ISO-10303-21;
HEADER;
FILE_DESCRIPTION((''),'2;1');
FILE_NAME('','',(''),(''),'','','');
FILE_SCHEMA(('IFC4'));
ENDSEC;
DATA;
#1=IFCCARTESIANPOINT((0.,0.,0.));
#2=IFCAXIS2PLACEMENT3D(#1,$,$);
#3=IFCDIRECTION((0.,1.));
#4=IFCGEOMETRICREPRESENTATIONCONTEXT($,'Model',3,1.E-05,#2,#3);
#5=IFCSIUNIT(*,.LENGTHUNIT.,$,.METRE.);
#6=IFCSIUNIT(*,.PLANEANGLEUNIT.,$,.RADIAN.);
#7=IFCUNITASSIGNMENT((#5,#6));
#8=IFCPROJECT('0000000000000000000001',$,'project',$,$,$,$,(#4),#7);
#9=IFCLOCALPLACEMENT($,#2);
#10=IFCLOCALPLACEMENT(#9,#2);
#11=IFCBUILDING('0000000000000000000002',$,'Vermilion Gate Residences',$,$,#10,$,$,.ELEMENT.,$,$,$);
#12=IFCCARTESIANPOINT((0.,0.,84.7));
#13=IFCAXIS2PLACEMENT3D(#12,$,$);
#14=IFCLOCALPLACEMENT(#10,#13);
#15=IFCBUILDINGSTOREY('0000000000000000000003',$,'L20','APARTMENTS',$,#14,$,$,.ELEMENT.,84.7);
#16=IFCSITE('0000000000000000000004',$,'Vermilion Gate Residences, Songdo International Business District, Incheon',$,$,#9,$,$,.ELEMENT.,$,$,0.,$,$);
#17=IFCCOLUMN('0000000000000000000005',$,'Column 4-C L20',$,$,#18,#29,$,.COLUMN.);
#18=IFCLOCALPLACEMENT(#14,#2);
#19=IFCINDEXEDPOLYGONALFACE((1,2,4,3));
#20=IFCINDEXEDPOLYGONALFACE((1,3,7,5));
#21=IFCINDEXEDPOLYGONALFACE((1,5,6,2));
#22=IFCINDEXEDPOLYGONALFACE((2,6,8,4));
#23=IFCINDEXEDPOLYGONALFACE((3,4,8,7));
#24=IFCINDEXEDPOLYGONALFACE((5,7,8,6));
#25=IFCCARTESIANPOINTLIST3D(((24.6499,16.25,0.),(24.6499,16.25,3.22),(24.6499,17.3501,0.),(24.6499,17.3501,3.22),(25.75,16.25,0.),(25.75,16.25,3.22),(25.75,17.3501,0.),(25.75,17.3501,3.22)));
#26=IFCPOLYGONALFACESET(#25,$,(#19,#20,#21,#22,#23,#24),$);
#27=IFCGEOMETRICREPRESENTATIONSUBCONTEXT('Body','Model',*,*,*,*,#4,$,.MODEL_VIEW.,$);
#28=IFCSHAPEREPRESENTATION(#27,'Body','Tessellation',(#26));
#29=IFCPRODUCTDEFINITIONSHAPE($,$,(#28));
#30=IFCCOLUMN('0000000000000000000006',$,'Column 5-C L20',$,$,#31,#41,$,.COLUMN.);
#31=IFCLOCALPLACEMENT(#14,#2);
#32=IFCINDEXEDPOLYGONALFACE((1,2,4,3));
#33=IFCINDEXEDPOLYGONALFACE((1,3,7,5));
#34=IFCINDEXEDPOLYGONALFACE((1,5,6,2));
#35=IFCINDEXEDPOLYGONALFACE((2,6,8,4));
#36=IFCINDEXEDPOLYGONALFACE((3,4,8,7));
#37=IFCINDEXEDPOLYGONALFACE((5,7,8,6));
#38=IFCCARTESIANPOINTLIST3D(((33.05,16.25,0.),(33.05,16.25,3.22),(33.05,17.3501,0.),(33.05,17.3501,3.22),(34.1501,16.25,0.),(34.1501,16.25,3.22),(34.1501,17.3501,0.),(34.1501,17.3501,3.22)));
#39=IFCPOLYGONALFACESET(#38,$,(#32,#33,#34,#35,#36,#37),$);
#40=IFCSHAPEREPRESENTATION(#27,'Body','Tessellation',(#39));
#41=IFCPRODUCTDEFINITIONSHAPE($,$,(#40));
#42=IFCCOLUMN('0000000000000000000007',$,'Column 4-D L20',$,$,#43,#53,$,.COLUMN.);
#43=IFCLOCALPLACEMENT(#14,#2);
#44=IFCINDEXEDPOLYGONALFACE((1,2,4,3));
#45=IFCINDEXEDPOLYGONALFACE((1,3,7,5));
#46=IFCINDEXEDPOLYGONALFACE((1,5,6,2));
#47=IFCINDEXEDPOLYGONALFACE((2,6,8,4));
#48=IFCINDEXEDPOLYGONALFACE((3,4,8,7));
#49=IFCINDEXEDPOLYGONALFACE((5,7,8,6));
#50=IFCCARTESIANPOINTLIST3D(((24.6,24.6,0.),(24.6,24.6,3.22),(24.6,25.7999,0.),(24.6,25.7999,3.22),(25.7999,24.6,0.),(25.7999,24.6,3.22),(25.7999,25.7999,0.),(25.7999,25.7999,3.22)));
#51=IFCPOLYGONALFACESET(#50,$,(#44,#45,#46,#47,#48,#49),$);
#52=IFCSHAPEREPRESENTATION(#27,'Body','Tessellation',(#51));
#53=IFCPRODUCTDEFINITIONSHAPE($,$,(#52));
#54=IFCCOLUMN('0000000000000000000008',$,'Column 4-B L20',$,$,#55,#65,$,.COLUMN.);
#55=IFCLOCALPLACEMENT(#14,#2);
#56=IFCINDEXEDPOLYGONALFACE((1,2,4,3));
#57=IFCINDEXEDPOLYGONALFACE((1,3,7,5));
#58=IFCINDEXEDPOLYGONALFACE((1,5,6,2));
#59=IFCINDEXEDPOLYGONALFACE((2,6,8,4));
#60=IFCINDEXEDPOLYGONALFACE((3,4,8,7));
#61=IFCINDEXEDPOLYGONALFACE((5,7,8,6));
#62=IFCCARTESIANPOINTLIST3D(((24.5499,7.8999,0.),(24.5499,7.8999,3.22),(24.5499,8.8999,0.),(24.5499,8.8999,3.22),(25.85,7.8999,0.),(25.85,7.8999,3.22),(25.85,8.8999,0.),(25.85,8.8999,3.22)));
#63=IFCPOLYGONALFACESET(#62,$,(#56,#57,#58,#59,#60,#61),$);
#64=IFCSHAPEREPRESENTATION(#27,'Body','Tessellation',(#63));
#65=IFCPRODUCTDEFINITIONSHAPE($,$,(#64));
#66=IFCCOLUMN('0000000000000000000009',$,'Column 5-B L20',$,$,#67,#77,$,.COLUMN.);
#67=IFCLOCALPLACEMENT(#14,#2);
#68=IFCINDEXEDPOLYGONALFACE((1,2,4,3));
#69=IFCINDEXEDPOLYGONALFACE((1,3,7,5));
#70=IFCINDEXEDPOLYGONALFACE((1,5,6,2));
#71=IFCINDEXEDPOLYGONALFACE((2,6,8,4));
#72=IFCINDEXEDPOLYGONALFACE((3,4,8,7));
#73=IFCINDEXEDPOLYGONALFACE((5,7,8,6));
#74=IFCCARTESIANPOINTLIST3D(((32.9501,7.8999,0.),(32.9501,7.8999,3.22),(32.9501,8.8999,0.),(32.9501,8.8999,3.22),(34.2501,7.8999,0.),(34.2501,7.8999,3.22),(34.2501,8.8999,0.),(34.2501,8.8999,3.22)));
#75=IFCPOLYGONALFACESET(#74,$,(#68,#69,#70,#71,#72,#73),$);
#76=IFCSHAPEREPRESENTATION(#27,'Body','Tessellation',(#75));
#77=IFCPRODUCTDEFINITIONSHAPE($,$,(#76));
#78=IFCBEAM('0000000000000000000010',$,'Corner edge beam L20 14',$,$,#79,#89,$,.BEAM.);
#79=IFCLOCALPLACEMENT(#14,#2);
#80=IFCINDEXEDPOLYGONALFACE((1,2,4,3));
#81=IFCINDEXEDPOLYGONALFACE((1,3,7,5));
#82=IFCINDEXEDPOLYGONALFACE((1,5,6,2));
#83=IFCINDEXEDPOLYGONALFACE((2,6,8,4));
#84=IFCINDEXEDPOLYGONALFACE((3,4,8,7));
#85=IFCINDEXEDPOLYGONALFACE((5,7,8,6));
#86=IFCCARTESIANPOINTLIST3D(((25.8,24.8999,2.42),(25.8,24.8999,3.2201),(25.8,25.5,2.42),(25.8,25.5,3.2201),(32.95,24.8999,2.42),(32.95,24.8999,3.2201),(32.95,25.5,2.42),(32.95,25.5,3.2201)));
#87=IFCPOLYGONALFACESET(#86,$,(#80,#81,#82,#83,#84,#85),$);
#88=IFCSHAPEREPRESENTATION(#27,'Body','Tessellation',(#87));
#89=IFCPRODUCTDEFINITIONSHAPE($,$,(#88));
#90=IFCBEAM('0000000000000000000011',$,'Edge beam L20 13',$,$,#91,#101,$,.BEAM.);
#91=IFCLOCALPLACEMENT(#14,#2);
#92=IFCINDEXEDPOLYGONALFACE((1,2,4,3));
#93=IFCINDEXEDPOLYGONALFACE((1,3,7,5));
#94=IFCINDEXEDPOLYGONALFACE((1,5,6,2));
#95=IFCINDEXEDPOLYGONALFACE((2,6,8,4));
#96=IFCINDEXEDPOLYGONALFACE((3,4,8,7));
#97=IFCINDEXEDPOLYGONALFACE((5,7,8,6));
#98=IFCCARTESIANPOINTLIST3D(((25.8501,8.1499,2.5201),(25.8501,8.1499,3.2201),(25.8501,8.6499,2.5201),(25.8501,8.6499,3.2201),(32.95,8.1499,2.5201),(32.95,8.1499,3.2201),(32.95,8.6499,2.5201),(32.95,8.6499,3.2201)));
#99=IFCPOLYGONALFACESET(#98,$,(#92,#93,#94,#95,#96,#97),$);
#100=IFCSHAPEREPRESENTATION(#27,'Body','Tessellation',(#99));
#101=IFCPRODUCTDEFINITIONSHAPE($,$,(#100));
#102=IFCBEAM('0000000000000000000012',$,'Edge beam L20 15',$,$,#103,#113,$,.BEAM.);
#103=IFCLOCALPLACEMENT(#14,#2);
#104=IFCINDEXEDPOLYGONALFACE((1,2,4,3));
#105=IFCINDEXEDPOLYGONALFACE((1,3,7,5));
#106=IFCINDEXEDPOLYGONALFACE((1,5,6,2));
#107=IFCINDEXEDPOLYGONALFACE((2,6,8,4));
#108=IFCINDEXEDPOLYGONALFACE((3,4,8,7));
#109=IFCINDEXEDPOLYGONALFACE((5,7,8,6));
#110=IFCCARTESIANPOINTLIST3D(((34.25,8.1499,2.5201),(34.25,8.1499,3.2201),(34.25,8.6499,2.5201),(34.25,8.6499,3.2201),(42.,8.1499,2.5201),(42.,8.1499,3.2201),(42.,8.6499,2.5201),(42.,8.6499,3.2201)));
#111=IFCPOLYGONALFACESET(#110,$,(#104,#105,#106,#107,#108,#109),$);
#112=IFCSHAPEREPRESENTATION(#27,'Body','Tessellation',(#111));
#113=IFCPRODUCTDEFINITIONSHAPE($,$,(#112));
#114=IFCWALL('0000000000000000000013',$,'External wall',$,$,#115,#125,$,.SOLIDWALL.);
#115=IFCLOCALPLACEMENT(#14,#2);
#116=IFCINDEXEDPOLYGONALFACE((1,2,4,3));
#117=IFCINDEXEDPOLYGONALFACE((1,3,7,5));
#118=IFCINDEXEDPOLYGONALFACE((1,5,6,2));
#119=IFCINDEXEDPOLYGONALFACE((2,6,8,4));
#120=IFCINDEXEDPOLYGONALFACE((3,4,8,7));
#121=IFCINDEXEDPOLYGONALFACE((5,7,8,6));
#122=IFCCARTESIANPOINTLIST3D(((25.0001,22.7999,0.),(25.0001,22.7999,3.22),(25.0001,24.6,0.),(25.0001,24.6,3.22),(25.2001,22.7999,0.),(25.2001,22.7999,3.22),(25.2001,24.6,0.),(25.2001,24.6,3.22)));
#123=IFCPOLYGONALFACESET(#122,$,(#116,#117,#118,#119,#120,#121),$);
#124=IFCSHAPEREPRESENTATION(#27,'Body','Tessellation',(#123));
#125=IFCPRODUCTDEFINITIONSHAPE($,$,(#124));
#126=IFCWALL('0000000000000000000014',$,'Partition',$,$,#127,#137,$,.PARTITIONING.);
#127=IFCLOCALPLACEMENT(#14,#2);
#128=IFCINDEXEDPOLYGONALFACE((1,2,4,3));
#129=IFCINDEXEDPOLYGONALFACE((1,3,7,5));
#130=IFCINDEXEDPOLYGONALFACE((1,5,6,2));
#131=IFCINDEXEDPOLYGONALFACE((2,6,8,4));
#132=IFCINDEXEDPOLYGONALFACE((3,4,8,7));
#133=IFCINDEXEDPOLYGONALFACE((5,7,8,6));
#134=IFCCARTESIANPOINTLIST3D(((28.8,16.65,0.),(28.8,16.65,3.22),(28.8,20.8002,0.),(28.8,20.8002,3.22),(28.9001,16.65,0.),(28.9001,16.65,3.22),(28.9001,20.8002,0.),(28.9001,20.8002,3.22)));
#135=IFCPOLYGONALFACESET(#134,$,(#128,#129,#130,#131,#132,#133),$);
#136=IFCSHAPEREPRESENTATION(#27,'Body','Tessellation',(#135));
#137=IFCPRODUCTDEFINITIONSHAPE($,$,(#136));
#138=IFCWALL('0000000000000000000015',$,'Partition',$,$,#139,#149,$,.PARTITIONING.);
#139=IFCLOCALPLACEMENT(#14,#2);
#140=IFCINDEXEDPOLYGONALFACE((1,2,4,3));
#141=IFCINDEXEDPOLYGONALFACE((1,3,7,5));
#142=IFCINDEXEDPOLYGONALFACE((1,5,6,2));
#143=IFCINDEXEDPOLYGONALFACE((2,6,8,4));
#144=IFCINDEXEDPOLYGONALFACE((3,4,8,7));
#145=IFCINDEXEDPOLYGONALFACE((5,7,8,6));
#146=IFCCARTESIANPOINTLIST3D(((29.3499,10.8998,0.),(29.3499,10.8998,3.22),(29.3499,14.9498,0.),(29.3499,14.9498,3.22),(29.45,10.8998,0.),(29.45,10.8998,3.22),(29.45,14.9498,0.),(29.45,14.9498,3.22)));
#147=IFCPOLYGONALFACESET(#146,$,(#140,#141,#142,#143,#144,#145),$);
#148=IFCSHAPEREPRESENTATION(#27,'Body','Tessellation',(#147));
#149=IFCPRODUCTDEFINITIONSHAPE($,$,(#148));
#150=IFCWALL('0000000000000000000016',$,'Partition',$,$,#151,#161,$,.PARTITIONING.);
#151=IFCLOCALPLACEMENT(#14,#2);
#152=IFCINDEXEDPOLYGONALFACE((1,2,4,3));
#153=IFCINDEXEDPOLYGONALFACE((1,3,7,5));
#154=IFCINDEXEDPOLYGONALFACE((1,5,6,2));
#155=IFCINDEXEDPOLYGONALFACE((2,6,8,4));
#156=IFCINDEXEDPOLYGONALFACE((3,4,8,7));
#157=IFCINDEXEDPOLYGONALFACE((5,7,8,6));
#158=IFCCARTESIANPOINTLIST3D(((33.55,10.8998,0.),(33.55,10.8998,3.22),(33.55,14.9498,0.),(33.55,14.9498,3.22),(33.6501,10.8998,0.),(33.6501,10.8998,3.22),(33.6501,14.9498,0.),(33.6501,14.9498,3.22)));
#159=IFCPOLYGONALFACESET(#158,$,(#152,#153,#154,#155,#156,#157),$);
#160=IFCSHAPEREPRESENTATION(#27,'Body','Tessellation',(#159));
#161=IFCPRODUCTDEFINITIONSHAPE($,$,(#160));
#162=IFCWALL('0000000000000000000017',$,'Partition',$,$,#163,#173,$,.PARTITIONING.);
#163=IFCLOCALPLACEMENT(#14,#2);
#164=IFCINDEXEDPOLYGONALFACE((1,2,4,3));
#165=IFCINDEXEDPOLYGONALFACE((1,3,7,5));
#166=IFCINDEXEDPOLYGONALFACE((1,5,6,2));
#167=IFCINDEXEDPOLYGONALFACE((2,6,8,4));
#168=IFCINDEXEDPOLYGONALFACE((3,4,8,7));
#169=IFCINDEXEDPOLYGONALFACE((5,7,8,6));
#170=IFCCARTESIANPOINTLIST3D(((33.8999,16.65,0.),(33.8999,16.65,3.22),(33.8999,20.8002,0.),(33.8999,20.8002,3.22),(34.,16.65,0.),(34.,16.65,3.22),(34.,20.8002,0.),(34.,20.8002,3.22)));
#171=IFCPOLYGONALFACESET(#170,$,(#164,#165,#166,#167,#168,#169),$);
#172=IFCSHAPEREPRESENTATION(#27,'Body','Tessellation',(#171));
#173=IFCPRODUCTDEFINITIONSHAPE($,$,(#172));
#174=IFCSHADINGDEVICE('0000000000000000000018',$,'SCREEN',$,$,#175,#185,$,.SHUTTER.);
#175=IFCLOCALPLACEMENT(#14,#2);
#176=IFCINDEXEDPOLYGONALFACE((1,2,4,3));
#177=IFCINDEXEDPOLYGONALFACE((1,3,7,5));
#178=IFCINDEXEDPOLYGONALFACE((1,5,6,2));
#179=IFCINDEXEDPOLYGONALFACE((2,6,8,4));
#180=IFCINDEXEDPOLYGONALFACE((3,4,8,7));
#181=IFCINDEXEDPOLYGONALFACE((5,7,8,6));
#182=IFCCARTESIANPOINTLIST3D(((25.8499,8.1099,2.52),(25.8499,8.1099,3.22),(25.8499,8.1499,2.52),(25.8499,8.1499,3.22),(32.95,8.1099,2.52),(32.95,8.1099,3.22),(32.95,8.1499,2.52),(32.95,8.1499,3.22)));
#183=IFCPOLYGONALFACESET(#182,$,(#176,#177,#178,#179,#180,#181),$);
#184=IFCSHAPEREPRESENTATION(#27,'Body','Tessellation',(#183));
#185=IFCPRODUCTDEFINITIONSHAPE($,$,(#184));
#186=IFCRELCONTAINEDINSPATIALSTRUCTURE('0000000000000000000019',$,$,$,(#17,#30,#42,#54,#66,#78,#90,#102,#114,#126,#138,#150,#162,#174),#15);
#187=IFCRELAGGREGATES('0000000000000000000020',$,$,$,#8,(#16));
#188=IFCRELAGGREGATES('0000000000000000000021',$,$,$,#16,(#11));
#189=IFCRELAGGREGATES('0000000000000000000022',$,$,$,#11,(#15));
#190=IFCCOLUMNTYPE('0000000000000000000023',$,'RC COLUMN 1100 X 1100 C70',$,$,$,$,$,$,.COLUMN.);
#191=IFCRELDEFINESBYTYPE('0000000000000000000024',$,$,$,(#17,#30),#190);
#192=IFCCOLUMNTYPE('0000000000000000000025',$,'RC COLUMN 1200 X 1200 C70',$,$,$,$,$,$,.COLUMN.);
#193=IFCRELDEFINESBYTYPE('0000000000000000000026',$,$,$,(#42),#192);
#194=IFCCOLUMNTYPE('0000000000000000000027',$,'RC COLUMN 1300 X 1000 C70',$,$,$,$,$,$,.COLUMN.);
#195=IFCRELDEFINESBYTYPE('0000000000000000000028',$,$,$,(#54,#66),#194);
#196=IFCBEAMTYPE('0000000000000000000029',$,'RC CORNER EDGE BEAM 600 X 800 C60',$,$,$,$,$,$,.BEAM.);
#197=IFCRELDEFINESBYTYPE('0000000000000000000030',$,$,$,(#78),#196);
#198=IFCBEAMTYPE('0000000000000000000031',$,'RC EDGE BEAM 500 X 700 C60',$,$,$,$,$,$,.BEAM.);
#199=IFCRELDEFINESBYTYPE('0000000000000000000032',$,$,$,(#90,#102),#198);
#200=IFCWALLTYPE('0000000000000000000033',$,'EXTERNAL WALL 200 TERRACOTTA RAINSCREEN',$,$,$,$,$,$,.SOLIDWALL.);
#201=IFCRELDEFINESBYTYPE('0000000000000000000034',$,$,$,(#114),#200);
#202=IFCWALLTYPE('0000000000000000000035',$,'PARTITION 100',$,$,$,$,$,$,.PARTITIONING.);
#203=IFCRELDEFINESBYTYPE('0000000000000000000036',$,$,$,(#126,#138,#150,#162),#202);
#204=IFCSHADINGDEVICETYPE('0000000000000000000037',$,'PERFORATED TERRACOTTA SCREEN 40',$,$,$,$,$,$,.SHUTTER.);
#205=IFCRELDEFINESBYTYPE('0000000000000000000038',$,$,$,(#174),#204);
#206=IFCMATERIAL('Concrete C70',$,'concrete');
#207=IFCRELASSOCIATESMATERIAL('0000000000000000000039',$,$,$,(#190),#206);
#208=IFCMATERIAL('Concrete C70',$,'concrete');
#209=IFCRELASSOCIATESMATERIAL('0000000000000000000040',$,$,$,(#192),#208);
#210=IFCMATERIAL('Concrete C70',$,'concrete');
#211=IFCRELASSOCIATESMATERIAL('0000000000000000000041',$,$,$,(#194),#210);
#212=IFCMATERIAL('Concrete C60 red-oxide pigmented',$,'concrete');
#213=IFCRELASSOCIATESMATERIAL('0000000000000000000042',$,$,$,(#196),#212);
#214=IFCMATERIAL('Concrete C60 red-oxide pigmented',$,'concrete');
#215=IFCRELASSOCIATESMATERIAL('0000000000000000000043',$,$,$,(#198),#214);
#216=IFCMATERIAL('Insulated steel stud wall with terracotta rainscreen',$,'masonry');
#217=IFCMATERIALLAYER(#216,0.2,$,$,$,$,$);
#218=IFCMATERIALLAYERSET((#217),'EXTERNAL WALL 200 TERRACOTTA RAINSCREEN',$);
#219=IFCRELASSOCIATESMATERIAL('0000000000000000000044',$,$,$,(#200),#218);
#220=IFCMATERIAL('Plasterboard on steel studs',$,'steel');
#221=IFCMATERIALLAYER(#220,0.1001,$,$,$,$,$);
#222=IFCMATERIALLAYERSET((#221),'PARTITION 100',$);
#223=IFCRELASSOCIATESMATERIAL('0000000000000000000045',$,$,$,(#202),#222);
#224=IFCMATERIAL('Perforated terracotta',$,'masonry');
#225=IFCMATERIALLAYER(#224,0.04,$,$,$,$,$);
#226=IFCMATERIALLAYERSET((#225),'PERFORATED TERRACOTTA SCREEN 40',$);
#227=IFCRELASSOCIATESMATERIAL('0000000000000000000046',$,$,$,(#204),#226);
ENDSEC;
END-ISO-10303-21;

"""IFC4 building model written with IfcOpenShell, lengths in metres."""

from ifc_helpers import new_model, si_unit, direction, frame, frame_2d, origin, origin_2d, place, context, subcontext, project, spatial, rectangle, extrude, material, layer, layer_set, material_profile, profile_set, type_object, element, save


model = new_model("IFC4")

# Units and contexts
model_context = context("Model", 3, precision=1e-05, world=origin(), true_north=direction((0.0, 1.0)))
body_context = subcontext(model_context, "Body", "Model", "MODEL_VIEW")
ifc_project = project(units=[si_unit("LENGTHUNIT", "METRE"), si_unit("PLANEANGLEUNIT", "RADIAN")], contexts=[model_context])

# Site, building, storey
site_placement = place(None, origin())
site = spatial("IfcSite", under=ifc_project, at=site_placement, Name="Vermilion Gate Residences, Songdo International Business District, Incheon", CompositionType="ELEMENT", RefElevation=0.0)
building_placement = place(site_placement, origin())
building = spatial("IfcBuilding", under=site, at=building_placement, Name="Vermilion Gate Residences", CompositionType="ELEMENT")
storey_placement = place(building_placement, frame((0.0, 0.0, 84.7)))
storey = spatial("IfcBuildingStorey", under=building, at=storey_placement, Name="L20", Description="APARTMENTS", CompositionType="ELEMENT", Elevation=84.7)

# Columns
ifc_material_1 = material(Name="Concrete C70", Category="concrete")
ifc_material_profile_1 = material_profile(ifc_material_1, rectangle(XDim=1.1001, YDim=1.1001, at=origin_2d()), Name="RC-1100x1100")
ifc_profile_set_1 = profile_set([ifc_material_profile_1], Name="Concrete C70")
column_type_1 = type_object("IfcColumnType", Name="RC COLUMN 1100 X 1100 C70", PredefinedType="COLUMN", material=ifc_profile_set_1)
for number, where, z_axis, x_axis, name in (
    (1, (25.2, 16.8, 0.0), (0.0, 0.0, 1.0), (1.0, 0.0, 0.0), "Column 4-C L20"),
    (2, (33.6001, 16.8, 0.0), (0.0, 0.0, 1.0), (1.0, 0.0, 0.0), "Column 5-C L20"),
):
    element("IfcColumn", number, at=place(storey_placement, frame(where, z_axis=z_axis, x_axis=x_axis)), inside=storey, type_object=column_type_1, Name=name, PredefinedType="COLUMN", context=body_context, shape_type="SweptSolid", body=[
        extrude(rectangle(XDim=1.1001, YDim=1.1001, at=origin_2d()), origin(), (0.0, 0.0, 1.0), 3.22),
    ])
ifc_material_2 = material(Name="Concrete C70", Category="concrete")
ifc_material_profile_2 = material_profile(ifc_material_2, rectangle(XDim=1.2, YDim=1.2, at=origin_2d()), Name="RC-1200x1200")
ifc_profile_set_2 = profile_set([ifc_material_profile_2], Name="Concrete C70")
column_type_2 = type_object("IfcColumnType", Name="RC COLUMN 1200 X 1200 C70", PredefinedType="COLUMN", material=ifc_profile_set_2)
column_placement = place(storey_placement, frame((25.2, 25.2, 0.0), z_axis=(0.0, 0.0, 1.0), x_axis=(1.0, 0.0, 0.0)))
element("IfcColumn", 3, at=column_placement, inside=storey, type_object=column_type_2, Name="Column 4-D L20", PredefinedType="COLUMN", context=body_context, shape_type="SweptSolid", body=[
    extrude(rectangle(XDim=1.2, YDim=1.2, at=origin_2d()), origin(), (0.0, 0.0, 1.0), 3.22),
])
ifc_material_3 = material(Name="Concrete C70", Category="concrete")
ifc_material_profile_3 = material_profile(ifc_material_3, rectangle(XDim=1.3, YDim=1.0, at=origin_2d()), Name="RC-1300x1000")
ifc_profile_set_3 = profile_set([ifc_material_profile_3], Name="Concrete C70")
column_type_3 = type_object("IfcColumnType", Name="RC COLUMN 1300 X 1000 C70", PredefinedType="COLUMN", material=ifc_profile_set_3)
for number, where, z_axis, x_axis, name in (
    (4, (25.2, 8.3999, 0.0), (0.0, 0.0, 1.0), (1.0, 0.0, 0.0), "Column 4-B L20"),
    (5, (33.6001, 8.3999, 0.0), (0.0, 0.0, 1.0), (1.0, 0.0, 0.0), "Column 5-B L20"),
):
    element("IfcColumn", number, at=place(storey_placement, frame(where, z_axis=z_axis, x_axis=x_axis)), inside=storey, type_object=column_type_3, Name=name, PredefinedType="COLUMN", context=body_context, shape_type="SweptSolid", body=[
        extrude(rectangle(XDim=1.3, YDim=1.0, at=origin_2d()), origin(), (0.0, 0.0, 1.0), 3.22),
    ])

# Beams
ifc_material_4 = material(Name="Concrete C60 red-oxide pigmented", Category="concrete")
ifc_material_profile_4 = material_profile(ifc_material_4, rectangle(XDim=0.6001, YDim=0.8, at=origin_2d()), Name="RC-600x800")
ifc_profile_set_4 = profile_set([ifc_material_profile_4], Name="Concrete C60 red-oxide pigmented")
beam_type_1 = type_object("IfcBeamType", Name="RC CORNER EDGE BEAM 600 X 800 C60", PredefinedType="BEAM", material=ifc_profile_set_4)
beam_1_placement = place(storey_placement, frame((25.8, 25.2, 2.8201), z_axis=(1.0, 0.0, 0.0), x_axis=(0.0, 1.0, 0.0)))
element("IfcBeam", 6, at=beam_1_placement, inside=storey, type_object=beam_type_1, Name="Corner edge beam L20 14", PredefinedType="BEAM", context=body_context, shape_type="SweptSolid", body=[
    extrude(rectangle(XDim=0.6001, YDim=0.8, at=origin_2d()), origin(), (0.0, 0.0, 1.0), 7.1499),
])
ifc_material_5 = material(Name="Concrete C60 red-oxide pigmented", Category="concrete")
ifc_material_profile_5 = material_profile(ifc_material_5, rectangle(XDim=0.5, YDim=0.7, at=origin_2d()), Name="RC-500x700")
ifc_profile_set_5 = profile_set([ifc_material_profile_5], Name="Concrete C60 red-oxide pigmented")
beam_type_2 = type_object("IfcBeamType", Name="RC EDGE BEAM 500 X 700 C60", PredefinedType="BEAM", material=ifc_profile_set_5)
beam_2_placement = place(storey_placement, frame((25.8501, 8.3999, 2.8701), z_axis=(1.0, 0.0, 0.0), x_axis=(0.0, 1.0, 0.0)))
element("IfcBeam", 7, at=beam_2_placement, inside=storey, type_object=beam_type_2, Name="Edge beam L20 13", PredefinedType="BEAM", context=body_context, shape_type="SweptSolid", body=[
    extrude(rectangle(XDim=0.5, YDim=0.7, at=origin_2d()), origin(), (0.0, 0.0, 1.0), 7.0999),
])
beam_3_placement = place(storey_placement, frame((34.25, 8.3999, 2.8701), z_axis=(1.0, 0.0, 0.0), x_axis=(0.0, 1.0, 0.0)))
element("IfcBeam", 8, at=beam_3_placement, inside=storey, type_object=beam_type_2, Name="Edge beam L20 15", PredefinedType="BEAM", context=body_context, shape_type="SweptSolid", body=[
    extrude(rectangle(XDim=0.5, YDim=0.7, at=origin_2d()), origin(), (0.0, 0.0, 1.0), 7.75),
])

# Walls
ifc_material_6 = material(Name="Insulated steel stud wall with terracotta rainscreen", Category="masonry")
ifc_layer_1 = layer(ifc_material_6, 0.2)
ifc_layer_set_1 = layer_set([ifc_layer_1], Name="EXTERNAL WALL 200 TERRACOTTA RAINSCREEN")
wall_type_1 = type_object("IfcWallType", Name="EXTERNAL WALL 200 TERRACOTTA RAINSCREEN", PredefinedType="SOLIDWALL", material=ifc_layer_set_1)
wall_1_placement = place(storey_placement, frame((25.1001, 22.8, 0.0), z_axis=(0.0, 0.0, 1.0), x_axis=(0.0, 1.0, 0.0)))
element("IfcWall", 9, at=wall_1_placement, inside=storey, type_object=wall_type_1, Name="External wall", PredefinedType="SOLIDWALL", context=body_context, shape_type="SweptSolid", body=[
    extrude(rectangle(XDim=1.8, YDim=0.2, at=frame_2d((0.8999, 0.0))), origin(), (0.0, 0.0, 1.0), 3.22),
])
ifc_material_7 = material(Name="Plasterboard on steel studs", Category="steel")
ifc_layer_2 = layer(ifc_material_7, 0.1001)
ifc_layer_set_2 = layer_set([ifc_layer_2], Name="PARTITION 100")
wall_type_2 = type_object("IfcWallType", Name="PARTITION 100", PredefinedType="PARTITIONING", material=ifc_layer_set_2)
wall_2_placement = place(storey_placement, frame((28.8501, 16.6499, 0.0), z_axis=(0.0, 0.0, 1.0), x_axis=(0.0, 1.0, 0.0)))
element("IfcWall", 10, at=wall_2_placement, inside=storey, type_object=wall_type_2, Name="Partition", PredefinedType="PARTITIONING", context=body_context, shape_type="SweptSolid", body=[
    extrude(rectangle(XDim=4.1501, YDim=0.1001, at=frame_2d((2.0752, 0.0))), origin(), (0.0, 0.0, 1.0), 3.22),
])
for number, where, z_axis, x_axis, name in (
    (11, (29.3999, 10.8999, 0.0), (0.0, 0.0, 1.0), (0.0, 1.0, 0.0), "Partition"),
    (12, (33.6001, 10.8999, 0.0), (0.0, 0.0, 1.0), (0.0, 1.0, 0.0), "Partition"),
):
    element("IfcWall", number, at=place(storey_placement, frame(where, z_axis=z_axis, x_axis=x_axis)), inside=storey, type_object=wall_type_2, Name=name, PredefinedType="PARTITIONING", context=body_context, shape_type="SweptSolid", body=[
        extrude(rectangle(XDim=4.05, YDim=0.1001, at=frame_2d((2.0249, 0.0))), origin(), (0.0, 0.0, 1.0), 3.22),
    ])
wall_3_placement = place(storey_placement, frame((33.95, 16.6499, 0.0), z_axis=(0.0, 0.0, 1.0), x_axis=(0.0, 1.0, 0.0)))
element("IfcWall", 13, at=wall_3_placement, inside=storey, type_object=wall_type_2, Name="Partition", PredefinedType="PARTITIONING", context=body_context, shape_type="SweptSolid", body=[
    extrude(rectangle(XDim=4.1501, YDim=0.1001, at=frame_2d((2.0752, 0.0))), origin(), (0.0, 0.0, 1.0), 3.22),
])

# Shading device
ifc_material_8 = material(Name="Perforated terracotta", Category="masonry")
ifc_layer_3 = layer(ifc_material_8, 0.04)
ifc_layer_set_3 = layer_set([ifc_layer_3], Name="PERFORATED TERRACOTTA SCREEN 40")
shading_device_type_1 = type_object("IfcShadingDeviceType", Name="PERFORATED TERRACOTTA SCREEN 40", PredefinedType="SHUTTER", material=ifc_layer_set_3)
shading_device_1_placement = place(storey_placement, frame((29.3999, 8.1299, 2.52), z_axis=(0.0, 0.0, 1.0), x_axis=(1.0, 0.0, 0.0)))
element("IfcShadingDevice", 14, at=shading_device_1_placement, inside=storey, type_object=shading_device_type_1, Name="SCREEN", PredefinedType="SHUTTER", context=body_context, shape_type="SweptSolid", body=[
    extrude(rectangle(XDim=7.1001, YDim=0.04, at=origin_2d()), origin(), (0.0, 0.0, 1.0), 0.7),
])

save(model, "model.ifc")
